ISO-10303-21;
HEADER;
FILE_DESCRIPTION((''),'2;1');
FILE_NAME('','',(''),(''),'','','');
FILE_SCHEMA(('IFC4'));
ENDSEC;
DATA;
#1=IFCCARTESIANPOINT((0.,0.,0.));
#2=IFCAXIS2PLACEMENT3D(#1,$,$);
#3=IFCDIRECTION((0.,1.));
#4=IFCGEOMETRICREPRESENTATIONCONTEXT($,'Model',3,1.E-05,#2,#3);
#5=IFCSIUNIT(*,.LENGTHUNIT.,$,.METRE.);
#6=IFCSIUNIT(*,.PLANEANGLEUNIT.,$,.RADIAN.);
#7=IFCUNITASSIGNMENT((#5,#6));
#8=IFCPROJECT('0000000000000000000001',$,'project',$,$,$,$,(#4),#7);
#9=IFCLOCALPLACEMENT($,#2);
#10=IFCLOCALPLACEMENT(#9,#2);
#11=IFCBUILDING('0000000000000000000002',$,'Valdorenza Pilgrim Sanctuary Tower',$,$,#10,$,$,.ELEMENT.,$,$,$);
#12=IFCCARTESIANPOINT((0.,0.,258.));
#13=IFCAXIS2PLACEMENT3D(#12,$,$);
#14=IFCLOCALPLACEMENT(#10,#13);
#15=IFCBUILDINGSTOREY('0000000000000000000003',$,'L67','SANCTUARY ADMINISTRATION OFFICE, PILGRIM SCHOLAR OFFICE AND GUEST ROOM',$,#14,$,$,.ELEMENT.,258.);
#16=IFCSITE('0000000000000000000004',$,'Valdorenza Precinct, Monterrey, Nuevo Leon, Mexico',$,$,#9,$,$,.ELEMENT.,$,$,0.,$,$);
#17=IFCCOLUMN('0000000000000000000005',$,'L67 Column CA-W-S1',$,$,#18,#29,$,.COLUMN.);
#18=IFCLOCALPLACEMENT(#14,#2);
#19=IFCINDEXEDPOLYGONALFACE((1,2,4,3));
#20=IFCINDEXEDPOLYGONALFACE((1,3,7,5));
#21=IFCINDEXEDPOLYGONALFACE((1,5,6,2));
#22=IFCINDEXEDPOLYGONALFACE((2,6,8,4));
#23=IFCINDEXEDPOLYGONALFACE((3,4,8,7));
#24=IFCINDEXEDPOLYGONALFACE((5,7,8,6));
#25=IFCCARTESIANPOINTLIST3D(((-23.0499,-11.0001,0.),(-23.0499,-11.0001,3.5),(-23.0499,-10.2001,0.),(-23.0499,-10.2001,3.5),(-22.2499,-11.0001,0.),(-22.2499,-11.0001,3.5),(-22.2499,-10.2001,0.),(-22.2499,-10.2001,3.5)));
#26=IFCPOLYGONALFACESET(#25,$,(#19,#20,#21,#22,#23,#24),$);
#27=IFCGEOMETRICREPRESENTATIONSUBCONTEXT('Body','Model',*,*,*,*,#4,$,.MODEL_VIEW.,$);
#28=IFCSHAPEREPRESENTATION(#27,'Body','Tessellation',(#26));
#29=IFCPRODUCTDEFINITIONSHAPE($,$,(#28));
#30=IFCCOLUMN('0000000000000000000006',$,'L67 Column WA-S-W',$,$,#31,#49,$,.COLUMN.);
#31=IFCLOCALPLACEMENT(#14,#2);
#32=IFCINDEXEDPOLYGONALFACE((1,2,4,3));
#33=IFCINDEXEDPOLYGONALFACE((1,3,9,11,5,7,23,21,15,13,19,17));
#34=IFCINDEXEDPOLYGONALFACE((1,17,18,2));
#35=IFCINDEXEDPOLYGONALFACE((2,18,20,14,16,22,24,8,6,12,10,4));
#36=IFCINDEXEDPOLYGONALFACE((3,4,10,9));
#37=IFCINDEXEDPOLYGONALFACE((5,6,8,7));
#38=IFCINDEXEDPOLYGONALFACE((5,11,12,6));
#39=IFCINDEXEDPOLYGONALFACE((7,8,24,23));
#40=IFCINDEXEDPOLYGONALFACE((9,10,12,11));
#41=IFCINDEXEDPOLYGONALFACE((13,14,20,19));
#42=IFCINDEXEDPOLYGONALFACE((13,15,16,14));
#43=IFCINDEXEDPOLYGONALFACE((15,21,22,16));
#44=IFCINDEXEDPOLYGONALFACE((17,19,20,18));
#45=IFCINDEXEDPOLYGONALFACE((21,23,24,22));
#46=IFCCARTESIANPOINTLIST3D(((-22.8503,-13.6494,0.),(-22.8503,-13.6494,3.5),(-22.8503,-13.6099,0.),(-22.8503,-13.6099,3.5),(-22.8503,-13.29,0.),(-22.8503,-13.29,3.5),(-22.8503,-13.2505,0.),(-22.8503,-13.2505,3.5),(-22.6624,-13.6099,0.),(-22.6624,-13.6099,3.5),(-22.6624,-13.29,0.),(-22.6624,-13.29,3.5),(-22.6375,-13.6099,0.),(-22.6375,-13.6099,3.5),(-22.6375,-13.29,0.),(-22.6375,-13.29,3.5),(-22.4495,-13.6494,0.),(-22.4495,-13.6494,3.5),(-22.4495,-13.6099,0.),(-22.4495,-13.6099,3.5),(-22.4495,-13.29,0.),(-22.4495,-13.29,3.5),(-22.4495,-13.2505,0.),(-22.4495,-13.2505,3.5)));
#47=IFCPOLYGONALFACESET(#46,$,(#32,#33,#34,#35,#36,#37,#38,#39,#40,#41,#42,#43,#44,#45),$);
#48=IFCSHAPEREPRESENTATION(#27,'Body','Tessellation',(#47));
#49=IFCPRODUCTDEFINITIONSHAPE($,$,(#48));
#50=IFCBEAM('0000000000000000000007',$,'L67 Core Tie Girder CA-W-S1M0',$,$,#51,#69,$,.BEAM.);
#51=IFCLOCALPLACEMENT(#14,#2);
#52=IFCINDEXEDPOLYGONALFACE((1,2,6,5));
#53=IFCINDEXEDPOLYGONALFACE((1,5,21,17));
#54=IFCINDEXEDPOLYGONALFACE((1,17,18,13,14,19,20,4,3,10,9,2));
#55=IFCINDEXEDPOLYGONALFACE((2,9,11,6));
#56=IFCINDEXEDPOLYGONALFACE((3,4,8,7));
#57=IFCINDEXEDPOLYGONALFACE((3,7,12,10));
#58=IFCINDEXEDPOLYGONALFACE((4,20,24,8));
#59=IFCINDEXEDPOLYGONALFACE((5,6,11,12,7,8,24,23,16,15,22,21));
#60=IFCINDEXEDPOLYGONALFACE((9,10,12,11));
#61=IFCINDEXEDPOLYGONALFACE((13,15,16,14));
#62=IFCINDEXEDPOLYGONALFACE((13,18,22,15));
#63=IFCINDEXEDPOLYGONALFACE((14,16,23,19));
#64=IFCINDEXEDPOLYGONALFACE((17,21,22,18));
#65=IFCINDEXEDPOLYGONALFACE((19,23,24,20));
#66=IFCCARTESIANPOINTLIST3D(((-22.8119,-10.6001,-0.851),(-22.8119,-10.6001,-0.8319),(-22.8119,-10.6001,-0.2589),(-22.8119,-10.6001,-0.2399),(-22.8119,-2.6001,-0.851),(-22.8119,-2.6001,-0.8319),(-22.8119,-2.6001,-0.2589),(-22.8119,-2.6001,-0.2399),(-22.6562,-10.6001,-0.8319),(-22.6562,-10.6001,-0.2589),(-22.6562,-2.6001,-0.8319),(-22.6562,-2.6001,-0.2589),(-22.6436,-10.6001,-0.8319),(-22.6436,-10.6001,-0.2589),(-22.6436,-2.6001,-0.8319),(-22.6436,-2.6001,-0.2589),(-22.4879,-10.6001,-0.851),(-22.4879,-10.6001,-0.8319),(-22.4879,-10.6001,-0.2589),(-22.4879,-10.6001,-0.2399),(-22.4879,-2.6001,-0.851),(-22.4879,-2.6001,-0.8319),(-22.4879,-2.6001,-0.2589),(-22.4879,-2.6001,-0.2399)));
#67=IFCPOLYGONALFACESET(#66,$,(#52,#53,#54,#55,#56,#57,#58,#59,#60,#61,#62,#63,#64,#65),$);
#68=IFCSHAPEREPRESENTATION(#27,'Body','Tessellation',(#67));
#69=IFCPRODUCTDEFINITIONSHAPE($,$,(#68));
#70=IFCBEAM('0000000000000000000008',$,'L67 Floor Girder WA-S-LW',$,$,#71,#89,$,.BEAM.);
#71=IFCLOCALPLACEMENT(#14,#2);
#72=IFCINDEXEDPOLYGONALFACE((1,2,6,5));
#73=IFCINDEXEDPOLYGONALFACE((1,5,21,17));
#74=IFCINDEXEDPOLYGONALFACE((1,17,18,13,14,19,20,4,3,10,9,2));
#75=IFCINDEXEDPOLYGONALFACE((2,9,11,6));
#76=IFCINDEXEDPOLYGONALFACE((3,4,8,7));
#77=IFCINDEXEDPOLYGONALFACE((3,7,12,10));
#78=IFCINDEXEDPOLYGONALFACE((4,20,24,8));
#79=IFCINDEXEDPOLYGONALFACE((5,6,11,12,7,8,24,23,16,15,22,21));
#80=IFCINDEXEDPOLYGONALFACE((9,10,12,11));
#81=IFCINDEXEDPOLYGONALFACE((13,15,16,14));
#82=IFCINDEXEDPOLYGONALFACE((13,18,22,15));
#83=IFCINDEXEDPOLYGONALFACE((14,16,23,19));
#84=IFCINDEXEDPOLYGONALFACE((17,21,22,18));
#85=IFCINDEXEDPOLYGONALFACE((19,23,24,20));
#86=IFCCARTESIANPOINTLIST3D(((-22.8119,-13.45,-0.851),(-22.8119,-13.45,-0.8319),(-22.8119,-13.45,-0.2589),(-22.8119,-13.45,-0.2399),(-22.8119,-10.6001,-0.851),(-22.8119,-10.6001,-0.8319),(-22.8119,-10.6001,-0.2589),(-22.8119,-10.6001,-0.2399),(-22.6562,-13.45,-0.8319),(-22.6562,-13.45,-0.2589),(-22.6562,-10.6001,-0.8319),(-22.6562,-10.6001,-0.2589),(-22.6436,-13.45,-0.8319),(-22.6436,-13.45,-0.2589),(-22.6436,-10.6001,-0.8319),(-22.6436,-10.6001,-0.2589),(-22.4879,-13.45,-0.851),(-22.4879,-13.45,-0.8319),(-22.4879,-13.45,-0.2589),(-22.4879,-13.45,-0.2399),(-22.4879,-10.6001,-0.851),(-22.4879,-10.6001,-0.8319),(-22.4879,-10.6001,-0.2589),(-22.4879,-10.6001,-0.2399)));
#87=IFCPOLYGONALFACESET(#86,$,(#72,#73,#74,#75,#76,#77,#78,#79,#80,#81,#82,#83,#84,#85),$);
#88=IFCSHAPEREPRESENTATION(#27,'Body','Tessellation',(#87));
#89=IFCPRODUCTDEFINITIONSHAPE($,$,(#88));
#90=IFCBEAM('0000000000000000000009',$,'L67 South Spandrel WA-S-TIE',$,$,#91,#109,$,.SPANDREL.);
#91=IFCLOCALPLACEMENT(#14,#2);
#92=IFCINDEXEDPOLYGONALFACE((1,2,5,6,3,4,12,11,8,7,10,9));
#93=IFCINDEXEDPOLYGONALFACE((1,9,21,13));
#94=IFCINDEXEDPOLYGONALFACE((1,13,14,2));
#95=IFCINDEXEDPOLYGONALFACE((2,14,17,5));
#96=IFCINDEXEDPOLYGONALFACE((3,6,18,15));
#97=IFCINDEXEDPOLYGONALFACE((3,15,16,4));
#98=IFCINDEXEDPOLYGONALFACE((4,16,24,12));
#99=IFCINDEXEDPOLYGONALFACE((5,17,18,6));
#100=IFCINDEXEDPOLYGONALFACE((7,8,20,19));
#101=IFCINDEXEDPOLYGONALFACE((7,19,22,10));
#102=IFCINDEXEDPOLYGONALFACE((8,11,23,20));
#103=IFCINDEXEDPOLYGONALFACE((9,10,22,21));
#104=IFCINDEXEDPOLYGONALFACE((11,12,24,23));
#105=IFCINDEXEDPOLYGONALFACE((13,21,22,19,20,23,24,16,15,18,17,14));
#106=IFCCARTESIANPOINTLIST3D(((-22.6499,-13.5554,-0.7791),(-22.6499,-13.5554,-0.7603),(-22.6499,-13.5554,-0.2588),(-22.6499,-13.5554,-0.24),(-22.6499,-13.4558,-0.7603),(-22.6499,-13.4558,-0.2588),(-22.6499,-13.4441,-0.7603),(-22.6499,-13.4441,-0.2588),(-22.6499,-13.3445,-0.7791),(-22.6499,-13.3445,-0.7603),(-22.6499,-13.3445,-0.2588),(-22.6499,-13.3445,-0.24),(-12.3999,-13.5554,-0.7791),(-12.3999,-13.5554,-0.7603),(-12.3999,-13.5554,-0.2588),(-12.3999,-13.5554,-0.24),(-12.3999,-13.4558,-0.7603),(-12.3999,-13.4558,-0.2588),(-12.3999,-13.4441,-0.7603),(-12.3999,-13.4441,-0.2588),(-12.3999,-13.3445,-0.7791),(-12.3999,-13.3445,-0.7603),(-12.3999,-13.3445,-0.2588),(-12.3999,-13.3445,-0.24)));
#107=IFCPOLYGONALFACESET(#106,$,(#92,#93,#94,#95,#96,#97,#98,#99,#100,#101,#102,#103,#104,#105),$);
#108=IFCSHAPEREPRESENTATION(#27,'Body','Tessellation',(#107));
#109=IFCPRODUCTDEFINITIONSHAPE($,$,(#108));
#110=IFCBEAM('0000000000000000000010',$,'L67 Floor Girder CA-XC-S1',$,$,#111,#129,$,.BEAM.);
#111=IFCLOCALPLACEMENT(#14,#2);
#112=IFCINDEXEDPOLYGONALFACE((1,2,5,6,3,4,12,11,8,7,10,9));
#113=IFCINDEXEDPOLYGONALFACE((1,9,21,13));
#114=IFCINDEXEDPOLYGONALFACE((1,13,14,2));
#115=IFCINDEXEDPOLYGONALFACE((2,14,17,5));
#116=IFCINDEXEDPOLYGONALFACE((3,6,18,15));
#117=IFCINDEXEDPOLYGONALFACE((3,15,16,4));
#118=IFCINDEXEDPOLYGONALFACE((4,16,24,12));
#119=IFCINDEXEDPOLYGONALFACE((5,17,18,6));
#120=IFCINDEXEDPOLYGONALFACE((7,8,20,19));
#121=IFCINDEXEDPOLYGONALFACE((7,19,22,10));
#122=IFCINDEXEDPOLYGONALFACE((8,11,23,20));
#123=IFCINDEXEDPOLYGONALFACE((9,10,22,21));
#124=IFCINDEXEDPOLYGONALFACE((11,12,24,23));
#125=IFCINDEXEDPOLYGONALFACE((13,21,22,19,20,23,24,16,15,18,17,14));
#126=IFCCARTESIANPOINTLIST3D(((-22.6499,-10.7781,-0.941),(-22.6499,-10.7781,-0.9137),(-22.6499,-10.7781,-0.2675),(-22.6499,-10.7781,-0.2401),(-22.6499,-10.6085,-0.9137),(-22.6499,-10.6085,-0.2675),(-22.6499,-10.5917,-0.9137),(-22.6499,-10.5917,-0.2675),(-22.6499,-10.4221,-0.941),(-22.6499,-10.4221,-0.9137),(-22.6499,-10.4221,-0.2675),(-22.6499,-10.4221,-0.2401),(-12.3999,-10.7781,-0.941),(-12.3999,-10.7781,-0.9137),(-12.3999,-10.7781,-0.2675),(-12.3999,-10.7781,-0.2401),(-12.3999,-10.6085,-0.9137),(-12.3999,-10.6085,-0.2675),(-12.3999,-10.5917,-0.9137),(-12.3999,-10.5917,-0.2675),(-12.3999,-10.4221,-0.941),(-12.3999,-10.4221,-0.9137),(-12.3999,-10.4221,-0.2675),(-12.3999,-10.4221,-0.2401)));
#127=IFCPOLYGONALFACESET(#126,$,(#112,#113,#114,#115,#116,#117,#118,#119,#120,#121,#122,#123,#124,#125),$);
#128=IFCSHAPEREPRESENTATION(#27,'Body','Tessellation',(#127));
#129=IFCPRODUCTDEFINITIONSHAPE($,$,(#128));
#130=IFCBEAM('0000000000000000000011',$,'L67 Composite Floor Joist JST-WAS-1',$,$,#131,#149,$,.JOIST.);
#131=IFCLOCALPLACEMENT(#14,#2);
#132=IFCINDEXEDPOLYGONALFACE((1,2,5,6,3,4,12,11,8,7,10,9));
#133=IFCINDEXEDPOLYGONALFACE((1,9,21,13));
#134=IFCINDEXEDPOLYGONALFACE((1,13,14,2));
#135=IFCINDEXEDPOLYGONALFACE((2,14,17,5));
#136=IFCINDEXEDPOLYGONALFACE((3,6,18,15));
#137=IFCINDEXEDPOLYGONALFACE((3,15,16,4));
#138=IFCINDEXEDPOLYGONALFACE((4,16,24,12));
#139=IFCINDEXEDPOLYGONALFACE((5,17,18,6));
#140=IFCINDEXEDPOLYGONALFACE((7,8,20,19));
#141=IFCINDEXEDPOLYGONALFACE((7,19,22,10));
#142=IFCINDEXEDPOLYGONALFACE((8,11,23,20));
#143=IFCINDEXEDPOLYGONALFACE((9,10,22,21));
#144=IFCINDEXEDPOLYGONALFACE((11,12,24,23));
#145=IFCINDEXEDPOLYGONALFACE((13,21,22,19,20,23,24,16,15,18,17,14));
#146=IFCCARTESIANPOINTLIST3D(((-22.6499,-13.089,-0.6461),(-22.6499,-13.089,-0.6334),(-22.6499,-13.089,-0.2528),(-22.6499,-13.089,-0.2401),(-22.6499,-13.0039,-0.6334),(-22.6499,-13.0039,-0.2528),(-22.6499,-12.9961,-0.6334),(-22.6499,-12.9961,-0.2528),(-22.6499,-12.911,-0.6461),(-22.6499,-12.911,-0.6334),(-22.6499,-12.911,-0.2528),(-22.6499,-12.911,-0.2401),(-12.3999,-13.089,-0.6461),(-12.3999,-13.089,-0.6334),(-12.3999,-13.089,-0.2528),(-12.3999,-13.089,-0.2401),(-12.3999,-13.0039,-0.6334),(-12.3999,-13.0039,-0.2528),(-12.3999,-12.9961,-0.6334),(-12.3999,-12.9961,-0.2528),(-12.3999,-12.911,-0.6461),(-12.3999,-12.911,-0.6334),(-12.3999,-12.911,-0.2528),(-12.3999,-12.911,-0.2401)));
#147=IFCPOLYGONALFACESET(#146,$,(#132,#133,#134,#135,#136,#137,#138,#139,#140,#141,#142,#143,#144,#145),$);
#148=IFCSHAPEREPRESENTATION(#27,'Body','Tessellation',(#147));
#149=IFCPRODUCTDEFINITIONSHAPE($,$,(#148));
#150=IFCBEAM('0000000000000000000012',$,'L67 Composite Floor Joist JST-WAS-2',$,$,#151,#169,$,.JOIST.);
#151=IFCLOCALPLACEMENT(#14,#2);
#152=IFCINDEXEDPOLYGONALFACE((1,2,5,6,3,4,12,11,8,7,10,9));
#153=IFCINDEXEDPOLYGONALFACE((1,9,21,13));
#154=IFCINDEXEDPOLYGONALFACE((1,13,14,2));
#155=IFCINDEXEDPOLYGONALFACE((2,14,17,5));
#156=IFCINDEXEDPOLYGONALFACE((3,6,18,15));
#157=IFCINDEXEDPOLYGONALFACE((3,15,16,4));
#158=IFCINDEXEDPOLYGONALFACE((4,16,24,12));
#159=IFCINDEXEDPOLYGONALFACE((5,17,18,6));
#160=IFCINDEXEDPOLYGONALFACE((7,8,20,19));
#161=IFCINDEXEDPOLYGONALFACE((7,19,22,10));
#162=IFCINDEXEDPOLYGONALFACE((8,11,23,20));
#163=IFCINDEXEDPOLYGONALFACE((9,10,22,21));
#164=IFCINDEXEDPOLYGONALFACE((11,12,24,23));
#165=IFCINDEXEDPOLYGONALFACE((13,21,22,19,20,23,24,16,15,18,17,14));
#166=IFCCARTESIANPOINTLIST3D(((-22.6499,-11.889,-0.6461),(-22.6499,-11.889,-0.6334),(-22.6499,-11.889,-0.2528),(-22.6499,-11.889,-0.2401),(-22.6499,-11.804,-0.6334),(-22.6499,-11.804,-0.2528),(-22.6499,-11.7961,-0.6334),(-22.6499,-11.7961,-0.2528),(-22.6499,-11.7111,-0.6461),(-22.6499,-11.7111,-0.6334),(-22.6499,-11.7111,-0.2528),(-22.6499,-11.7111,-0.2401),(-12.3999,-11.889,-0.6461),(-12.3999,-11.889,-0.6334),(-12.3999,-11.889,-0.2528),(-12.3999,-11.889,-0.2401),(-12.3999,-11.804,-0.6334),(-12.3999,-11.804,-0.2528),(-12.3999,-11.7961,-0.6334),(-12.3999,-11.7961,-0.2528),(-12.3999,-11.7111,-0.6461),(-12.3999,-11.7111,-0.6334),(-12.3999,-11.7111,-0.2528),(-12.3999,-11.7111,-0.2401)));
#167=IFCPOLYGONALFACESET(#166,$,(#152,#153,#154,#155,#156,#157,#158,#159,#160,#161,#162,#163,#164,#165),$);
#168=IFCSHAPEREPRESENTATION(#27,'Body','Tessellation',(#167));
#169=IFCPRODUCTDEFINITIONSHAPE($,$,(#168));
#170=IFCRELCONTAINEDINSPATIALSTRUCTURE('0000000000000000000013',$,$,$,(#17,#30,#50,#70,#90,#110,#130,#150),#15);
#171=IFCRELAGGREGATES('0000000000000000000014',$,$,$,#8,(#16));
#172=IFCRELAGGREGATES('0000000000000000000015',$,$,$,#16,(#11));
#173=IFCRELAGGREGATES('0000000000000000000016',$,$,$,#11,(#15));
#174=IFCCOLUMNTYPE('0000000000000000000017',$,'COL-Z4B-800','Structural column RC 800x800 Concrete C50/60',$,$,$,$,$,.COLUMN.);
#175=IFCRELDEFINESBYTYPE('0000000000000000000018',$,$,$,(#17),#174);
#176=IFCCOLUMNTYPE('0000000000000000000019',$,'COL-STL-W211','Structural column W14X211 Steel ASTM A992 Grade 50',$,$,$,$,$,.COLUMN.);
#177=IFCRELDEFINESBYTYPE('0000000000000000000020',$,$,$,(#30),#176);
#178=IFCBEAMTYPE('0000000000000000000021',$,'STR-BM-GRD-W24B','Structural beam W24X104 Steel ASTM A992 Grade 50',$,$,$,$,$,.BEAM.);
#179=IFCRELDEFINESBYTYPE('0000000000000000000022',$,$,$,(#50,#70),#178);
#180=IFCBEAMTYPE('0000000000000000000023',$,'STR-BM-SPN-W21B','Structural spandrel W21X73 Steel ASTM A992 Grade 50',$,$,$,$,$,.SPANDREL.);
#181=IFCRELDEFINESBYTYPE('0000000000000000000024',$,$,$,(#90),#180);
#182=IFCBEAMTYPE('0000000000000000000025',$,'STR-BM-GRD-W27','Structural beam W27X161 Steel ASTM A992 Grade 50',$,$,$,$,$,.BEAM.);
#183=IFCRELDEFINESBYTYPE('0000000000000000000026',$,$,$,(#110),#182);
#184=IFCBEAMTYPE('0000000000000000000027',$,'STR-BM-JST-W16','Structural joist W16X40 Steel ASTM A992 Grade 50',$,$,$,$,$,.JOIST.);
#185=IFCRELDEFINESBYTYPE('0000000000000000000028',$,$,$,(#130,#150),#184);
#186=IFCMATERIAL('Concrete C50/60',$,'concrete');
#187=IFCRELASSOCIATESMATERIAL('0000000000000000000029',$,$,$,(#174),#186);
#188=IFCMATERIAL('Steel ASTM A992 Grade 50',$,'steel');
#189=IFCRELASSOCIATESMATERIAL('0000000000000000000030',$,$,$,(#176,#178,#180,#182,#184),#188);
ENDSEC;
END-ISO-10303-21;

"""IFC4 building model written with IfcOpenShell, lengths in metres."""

from ifc_helpers import new_model, si_unit, direction, frame, origin, origin_2d, place, context, subcontext, project, spatial, rectangle, i_section, extrude, source, transform, mapped, material, material_profile, profile_set, type_object, element, save


model = new_model("IFC4")

# Units and contexts
model_context = context("Model", 3, precision=1e-05, world=origin(), true_north=direction((0.0, 1.0)))
body_context = subcontext(model_context, "Body", "Model", "MODEL_VIEW")
ifc_project = project(units=[si_unit("LENGTHUNIT", "METRE"), si_unit("PLANEANGLEUNIT", "RADIAN")], contexts=[model_context])

# Site, building, storey
site_placement = place(None, origin())
site = spatial("IfcSite", under=ifc_project, at=site_placement, Name="Valdorenza Precinct, Monterrey, Nuevo Leon, Mexico", CompositionType="ELEMENT", RefElevation=0.0)
building_placement = place(site_placement, origin())
building = spatial("IfcBuilding", under=site, at=building_placement, Name="Valdorenza Pilgrim Sanctuary Tower", CompositionType="ELEMENT")
storey_placement = place(building_placement, frame((0.0, 0.0, 258.0)))
storey = spatial("IfcBuildingStorey", under=building, at=storey_placement, Name="L67", Description="SANCTUARY ADMINISTRATION OFFICE, PILGRIM SCHOLAR OFFICE AND GUEST ROOM", CompositionType="ELEMENT", Elevation=258.0)

# Columns
ifc_material_1 = material(Name="Concrete C50/60", Category="concrete")
ifc_material_profile_1 = material_profile(ifc_material_1, rectangle(XDim=0.8, YDim=0.8, at=origin_2d()), Name="RC 800x800")
ifc_profile_set_1 = profile_set([ifc_material_profile_1], Name="Concrete C50/60")
column_type_1 = type_object("IfcColumnType", Name="COL-Z4B-800", Description="Structural column RC 800x800 Concrete C50/60", PredefinedType="COLUMN", material=ifc_profile_set_1)
shared_shape_1 = source(origin(), body_context, "Body", "SweptSolid", [
    extrude(rectangle(XDim=0.8, YDim=0.8, at=origin_2d()), origin(), (0.0, 0.0, 1.0), 3.5),
])
column_1_placement = place(storey_placement, frame((-22.6499, -10.6001, 0.0), z_axis=(0.0, 0.0, 1.0), x_axis=(1.0, 0.0, 0.0)))
element("IfcColumn", 1, at=column_1_placement, inside=storey, type_object=column_type_1, Name="L67 Column CA-W-S1", PredefinedType="COLUMN", context=body_context, shape_type="MappedRepresentation", body=[
    mapped(shared_shape_1, transform((0.0, 0.0, 0.0), x_axis=(1.0, 0.0, 0.0), y_axis=(0.0, 1.0, 0.0), z_axis=(0.0, 0.0, 1.0), scale=1.0)),
])
ifc_material_2 = material(Name="Steel ASTM A992 Grade 50", Category="steel")
ifc_material_profile_2 = material_profile(ifc_material_2, i_section(OverallWidth=0.4009, OverallDepth=0.3989, WebThickness=0.0249, FlangeThickness=0.0396, at=origin_2d()), Name="W14X211")
ifc_profile_set_2 = profile_set([ifc_material_profile_2], Name="Steel ASTM A992 Grade 50")
column_type_2 = type_object("IfcColumnType", Name="COL-STL-W211", Description="Structural column W14X211 Steel ASTM A992 Grade 50", PredefinedType="COLUMN", material=ifc_profile_set_2)
shared_shape_2 = source(origin(), body_context, "Body", "SweptSolid", [
    extrude(i_section(OverallWidth=0.4009, OverallDepth=0.3989, WebThickness=0.0249, FlangeThickness=0.0396, at=origin_2d()), origin(), (0.0, 0.0, 1.0), 3.5),
])
column_2_placement = place(storey_placement, frame((-22.6499, -13.45, 0.0), z_axis=(0.0, 0.0, 1.0), x_axis=(1.0, 0.0, 0.0)))
element("IfcColumn", 2, at=column_2_placement, inside=storey, type_object=column_type_2, Name="L67 Column WA-S-W", PredefinedType="COLUMN", context=body_context, shape_type="MappedRepresentation", body=[
    mapped(shared_shape_2, transform((0.0, 0.0, 0.0), x_axis=(1.0, 0.0, 0.0), y_axis=(0.0, 1.0, 0.0), z_axis=(0.0, 0.0, 1.0), scale=1.0)),
])

# Beams
ifc_material_profile_3 = material_profile(ifc_material_2, i_section(OverallWidth=0.324, OverallDepth=0.6111, WebThickness=0.0127, FlangeThickness=0.019, at=origin_2d()), Name="W24X104")
ifc_profile_set_3 = profile_set([ifc_material_profile_3], Name="Steel ASTM A992 Grade 50")
beam_type_1 = type_object("IfcBeamType", Name="STR-BM-GRD-W24B", Description="Structural beam W24X104 Steel ASTM A992 Grade 50", PredefinedType="BEAM", material=ifc_profile_set_3)
shared_shape_3 = source(origin(), body_context, "Body", "SweptSolid", [
    extrude(i_section(OverallWidth=0.324, OverallDepth=0.6111, WebThickness=0.0127, FlangeThickness=0.019, at=origin_2d()), origin(), (0.0, 0.0, 1.0), 8.0),
])
beam_1_placement = place(storey_placement, frame((-22.6499, -10.6001, -0.5454), z_axis=(0.0, 1.0, 0.0), x_axis=(-1.0, 0.0, 0.0)))
element("IfcBeam", 3, at=beam_1_placement, inside=storey, type_object=beam_type_1, Name="L67 Core Tie Girder CA-W-S1M0", PredefinedType="BEAM", context=body_context, shape_type="MappedRepresentation", body=[
    mapped(shared_shape_3, transform((0.0, 0.0, 0.0), x_axis=(1.0, 0.0, 0.0), y_axis=(0.0, 1.0, 0.0), z_axis=(0.0, 0.0, 1.0), scale=1.0)),
])
shared_shape_4 = source(origin(), body_context, "Body", "SweptSolid", [
    extrude(i_section(OverallWidth=0.324, OverallDepth=0.6111, WebThickness=0.0127, FlangeThickness=0.019, at=origin_2d()), origin(), (0.0, 0.0, 1.0), 2.8499),
])
beam_2_placement = place(storey_placement, frame((-22.6499, -13.45, -0.5454), z_axis=(0.0, 1.0, 0.0), x_axis=(-1.0, 0.0, 0.0)))
element("IfcBeam", 4, at=beam_2_placement, inside=storey, type_object=beam_type_1, Name="L67 Floor Girder WA-S-LW", PredefinedType="BEAM", context=body_context, shape_type="MappedRepresentation", body=[
    mapped(shared_shape_4, transform((0.0, 0.0, 0.0), x_axis=(1.0, 0.0, 0.0), y_axis=(0.0, 1.0, 0.0), z_axis=(0.0, 0.0, 1.0), scale=1.0)),
])
ifc_material_profile_4 = material_profile(ifc_material_2, i_section(OverallWidth=0.2109, OverallDepth=0.5391, WebThickness=0.0117, FlangeThickness=0.0188, at=origin_2d()), Name="W21X73")
ifc_profile_set_4 = profile_set([ifc_material_profile_4], Name="Steel ASTM A992 Grade 50")
beam_type_2 = type_object("IfcBeamType", Name="STR-BM-SPN-W21B", Description="Structural spandrel W21X73 Steel ASTM A992 Grade 50", PredefinedType="SPANDREL", material=ifc_profile_set_4)
shared_shape_5 = source(origin(), body_context, "Body", "SweptSolid", [
    extrude(i_section(OverallWidth=0.2109, OverallDepth=0.5391, WebThickness=0.0117, FlangeThickness=0.0188, at=origin_2d()), origin(), (0.0, 0.0, 1.0), 10.25),
])
beam_3_placement = place(storey_placement, frame((-22.6499, -13.45, -0.5095), z_axis=(1.0, 0.0, 0.0), x_axis=(0.0, 1.0, 0.0)))
element("IfcBeam", 5, at=beam_3_placement, inside=storey, type_object=beam_type_2, Name="L67 South Spandrel WA-S-TIE", PredefinedType="SPANDREL", context=body_context, shape_type="MappedRepresentation", body=[
    mapped(shared_shape_5, transform((0.0, 0.0, 0.0), x_axis=(1.0, 0.0, 0.0), y_axis=(0.0, 1.0, 0.0), z_axis=(0.0, 0.0, 1.0), scale=1.0)),
])
ifc_material_profile_5 = material_profile(ifc_material_2, i_section(OverallWidth=0.356, OverallDepth=0.7009, WebThickness=0.0168, FlangeThickness=0.0273, at=origin_2d()), Name="W27X161")
ifc_profile_set_5 = profile_set([ifc_material_profile_5], Name="Steel ASTM A992 Grade 50")
beam_type_3 = type_object("IfcBeamType", Name="STR-BM-GRD-W27", Description="Structural beam W27X161 Steel ASTM A992 Grade 50", PredefinedType="BEAM", material=ifc_profile_set_5)
shared_shape_6 = source(origin(), body_context, "Body", "SweptSolid", [
    extrude(i_section(OverallWidth=0.356, OverallDepth=0.7009, WebThickness=0.0168, FlangeThickness=0.0273, at=origin_2d()), origin(), (0.0, 0.0, 1.0), 10.25),
])
beam_4_placement = place(storey_placement, frame((-22.6499, -10.6001, -0.5906), z_axis=(1.0, 0.0, 0.0), x_axis=(0.0, 1.0, 0.0)))
element("IfcBeam", 6, at=beam_4_placement, inside=storey, type_object=beam_type_3, Name="L67 Floor Girder CA-XC-S1", PredefinedType="BEAM", context=body_context, shape_type="MappedRepresentation", body=[
    mapped(shared_shape_6, transform((0.0, 0.0, 0.0), x_axis=(1.0, 0.0, 0.0), y_axis=(0.0, 1.0, 0.0), z_axis=(0.0, 0.0, 1.0), scale=1.0)),
])
ifc_material_profile_6 = material_profile(ifc_material_2, i_section(OverallWidth=0.178, OverallDepth=0.406, WebThickness=0.0078, FlangeThickness=0.0127, at=origin_2d()), Name="W16X40")
ifc_profile_set_6 = profile_set([ifc_material_profile_6], Name="Steel ASTM A992 Grade 50")
beam_type_4 = type_object("IfcBeamType", Name="STR-BM-JST-W16", Description="Structural joist W16X40 Steel ASTM A992 Grade 50", PredefinedType="JOIST", material=ifc_profile_set_6)
shared_shape_7 = source(origin(), body_context, "Body", "SweptSolid", [
    extrude(i_section(OverallWidth=0.178, OverallDepth=0.406, WebThickness=0.0078, FlangeThickness=0.0127, at=origin_2d()), origin(), (0.0, 0.0, 1.0), 10.25),
])
for number, where, z_axis, x_axis, name in (
    (7, (-22.6499, -13.0, -0.4431), (1.0, 0.0, 0.0), (0.0, 1.0, 0.0), "L67 Composite Floor Joist JST-WAS-1"),
    (8, (-22.6499, -11.8, -0.4431), (1.0, 0.0, 0.0), (0.0, 1.0, 0.0), "L67 Composite Floor Joist JST-WAS-2"),
):
    element("IfcBeam", number, at=place(storey_placement, frame(where, z_axis=z_axis, x_axis=x_axis)), inside=storey, type_object=beam_type_4, Name=name, PredefinedType="JOIST", context=body_context, shape_type="MappedRepresentation", body=[
        mapped(shared_shape_7, transform((0.0, 0.0, 0.0), x_axis=(1.0, 0.0, 0.0), y_axis=(0.0, 1.0, 0.0), z_axis=(0.0, 0.0, 1.0), scale=1.0)),
    ])

save(model, "model.ifc")
